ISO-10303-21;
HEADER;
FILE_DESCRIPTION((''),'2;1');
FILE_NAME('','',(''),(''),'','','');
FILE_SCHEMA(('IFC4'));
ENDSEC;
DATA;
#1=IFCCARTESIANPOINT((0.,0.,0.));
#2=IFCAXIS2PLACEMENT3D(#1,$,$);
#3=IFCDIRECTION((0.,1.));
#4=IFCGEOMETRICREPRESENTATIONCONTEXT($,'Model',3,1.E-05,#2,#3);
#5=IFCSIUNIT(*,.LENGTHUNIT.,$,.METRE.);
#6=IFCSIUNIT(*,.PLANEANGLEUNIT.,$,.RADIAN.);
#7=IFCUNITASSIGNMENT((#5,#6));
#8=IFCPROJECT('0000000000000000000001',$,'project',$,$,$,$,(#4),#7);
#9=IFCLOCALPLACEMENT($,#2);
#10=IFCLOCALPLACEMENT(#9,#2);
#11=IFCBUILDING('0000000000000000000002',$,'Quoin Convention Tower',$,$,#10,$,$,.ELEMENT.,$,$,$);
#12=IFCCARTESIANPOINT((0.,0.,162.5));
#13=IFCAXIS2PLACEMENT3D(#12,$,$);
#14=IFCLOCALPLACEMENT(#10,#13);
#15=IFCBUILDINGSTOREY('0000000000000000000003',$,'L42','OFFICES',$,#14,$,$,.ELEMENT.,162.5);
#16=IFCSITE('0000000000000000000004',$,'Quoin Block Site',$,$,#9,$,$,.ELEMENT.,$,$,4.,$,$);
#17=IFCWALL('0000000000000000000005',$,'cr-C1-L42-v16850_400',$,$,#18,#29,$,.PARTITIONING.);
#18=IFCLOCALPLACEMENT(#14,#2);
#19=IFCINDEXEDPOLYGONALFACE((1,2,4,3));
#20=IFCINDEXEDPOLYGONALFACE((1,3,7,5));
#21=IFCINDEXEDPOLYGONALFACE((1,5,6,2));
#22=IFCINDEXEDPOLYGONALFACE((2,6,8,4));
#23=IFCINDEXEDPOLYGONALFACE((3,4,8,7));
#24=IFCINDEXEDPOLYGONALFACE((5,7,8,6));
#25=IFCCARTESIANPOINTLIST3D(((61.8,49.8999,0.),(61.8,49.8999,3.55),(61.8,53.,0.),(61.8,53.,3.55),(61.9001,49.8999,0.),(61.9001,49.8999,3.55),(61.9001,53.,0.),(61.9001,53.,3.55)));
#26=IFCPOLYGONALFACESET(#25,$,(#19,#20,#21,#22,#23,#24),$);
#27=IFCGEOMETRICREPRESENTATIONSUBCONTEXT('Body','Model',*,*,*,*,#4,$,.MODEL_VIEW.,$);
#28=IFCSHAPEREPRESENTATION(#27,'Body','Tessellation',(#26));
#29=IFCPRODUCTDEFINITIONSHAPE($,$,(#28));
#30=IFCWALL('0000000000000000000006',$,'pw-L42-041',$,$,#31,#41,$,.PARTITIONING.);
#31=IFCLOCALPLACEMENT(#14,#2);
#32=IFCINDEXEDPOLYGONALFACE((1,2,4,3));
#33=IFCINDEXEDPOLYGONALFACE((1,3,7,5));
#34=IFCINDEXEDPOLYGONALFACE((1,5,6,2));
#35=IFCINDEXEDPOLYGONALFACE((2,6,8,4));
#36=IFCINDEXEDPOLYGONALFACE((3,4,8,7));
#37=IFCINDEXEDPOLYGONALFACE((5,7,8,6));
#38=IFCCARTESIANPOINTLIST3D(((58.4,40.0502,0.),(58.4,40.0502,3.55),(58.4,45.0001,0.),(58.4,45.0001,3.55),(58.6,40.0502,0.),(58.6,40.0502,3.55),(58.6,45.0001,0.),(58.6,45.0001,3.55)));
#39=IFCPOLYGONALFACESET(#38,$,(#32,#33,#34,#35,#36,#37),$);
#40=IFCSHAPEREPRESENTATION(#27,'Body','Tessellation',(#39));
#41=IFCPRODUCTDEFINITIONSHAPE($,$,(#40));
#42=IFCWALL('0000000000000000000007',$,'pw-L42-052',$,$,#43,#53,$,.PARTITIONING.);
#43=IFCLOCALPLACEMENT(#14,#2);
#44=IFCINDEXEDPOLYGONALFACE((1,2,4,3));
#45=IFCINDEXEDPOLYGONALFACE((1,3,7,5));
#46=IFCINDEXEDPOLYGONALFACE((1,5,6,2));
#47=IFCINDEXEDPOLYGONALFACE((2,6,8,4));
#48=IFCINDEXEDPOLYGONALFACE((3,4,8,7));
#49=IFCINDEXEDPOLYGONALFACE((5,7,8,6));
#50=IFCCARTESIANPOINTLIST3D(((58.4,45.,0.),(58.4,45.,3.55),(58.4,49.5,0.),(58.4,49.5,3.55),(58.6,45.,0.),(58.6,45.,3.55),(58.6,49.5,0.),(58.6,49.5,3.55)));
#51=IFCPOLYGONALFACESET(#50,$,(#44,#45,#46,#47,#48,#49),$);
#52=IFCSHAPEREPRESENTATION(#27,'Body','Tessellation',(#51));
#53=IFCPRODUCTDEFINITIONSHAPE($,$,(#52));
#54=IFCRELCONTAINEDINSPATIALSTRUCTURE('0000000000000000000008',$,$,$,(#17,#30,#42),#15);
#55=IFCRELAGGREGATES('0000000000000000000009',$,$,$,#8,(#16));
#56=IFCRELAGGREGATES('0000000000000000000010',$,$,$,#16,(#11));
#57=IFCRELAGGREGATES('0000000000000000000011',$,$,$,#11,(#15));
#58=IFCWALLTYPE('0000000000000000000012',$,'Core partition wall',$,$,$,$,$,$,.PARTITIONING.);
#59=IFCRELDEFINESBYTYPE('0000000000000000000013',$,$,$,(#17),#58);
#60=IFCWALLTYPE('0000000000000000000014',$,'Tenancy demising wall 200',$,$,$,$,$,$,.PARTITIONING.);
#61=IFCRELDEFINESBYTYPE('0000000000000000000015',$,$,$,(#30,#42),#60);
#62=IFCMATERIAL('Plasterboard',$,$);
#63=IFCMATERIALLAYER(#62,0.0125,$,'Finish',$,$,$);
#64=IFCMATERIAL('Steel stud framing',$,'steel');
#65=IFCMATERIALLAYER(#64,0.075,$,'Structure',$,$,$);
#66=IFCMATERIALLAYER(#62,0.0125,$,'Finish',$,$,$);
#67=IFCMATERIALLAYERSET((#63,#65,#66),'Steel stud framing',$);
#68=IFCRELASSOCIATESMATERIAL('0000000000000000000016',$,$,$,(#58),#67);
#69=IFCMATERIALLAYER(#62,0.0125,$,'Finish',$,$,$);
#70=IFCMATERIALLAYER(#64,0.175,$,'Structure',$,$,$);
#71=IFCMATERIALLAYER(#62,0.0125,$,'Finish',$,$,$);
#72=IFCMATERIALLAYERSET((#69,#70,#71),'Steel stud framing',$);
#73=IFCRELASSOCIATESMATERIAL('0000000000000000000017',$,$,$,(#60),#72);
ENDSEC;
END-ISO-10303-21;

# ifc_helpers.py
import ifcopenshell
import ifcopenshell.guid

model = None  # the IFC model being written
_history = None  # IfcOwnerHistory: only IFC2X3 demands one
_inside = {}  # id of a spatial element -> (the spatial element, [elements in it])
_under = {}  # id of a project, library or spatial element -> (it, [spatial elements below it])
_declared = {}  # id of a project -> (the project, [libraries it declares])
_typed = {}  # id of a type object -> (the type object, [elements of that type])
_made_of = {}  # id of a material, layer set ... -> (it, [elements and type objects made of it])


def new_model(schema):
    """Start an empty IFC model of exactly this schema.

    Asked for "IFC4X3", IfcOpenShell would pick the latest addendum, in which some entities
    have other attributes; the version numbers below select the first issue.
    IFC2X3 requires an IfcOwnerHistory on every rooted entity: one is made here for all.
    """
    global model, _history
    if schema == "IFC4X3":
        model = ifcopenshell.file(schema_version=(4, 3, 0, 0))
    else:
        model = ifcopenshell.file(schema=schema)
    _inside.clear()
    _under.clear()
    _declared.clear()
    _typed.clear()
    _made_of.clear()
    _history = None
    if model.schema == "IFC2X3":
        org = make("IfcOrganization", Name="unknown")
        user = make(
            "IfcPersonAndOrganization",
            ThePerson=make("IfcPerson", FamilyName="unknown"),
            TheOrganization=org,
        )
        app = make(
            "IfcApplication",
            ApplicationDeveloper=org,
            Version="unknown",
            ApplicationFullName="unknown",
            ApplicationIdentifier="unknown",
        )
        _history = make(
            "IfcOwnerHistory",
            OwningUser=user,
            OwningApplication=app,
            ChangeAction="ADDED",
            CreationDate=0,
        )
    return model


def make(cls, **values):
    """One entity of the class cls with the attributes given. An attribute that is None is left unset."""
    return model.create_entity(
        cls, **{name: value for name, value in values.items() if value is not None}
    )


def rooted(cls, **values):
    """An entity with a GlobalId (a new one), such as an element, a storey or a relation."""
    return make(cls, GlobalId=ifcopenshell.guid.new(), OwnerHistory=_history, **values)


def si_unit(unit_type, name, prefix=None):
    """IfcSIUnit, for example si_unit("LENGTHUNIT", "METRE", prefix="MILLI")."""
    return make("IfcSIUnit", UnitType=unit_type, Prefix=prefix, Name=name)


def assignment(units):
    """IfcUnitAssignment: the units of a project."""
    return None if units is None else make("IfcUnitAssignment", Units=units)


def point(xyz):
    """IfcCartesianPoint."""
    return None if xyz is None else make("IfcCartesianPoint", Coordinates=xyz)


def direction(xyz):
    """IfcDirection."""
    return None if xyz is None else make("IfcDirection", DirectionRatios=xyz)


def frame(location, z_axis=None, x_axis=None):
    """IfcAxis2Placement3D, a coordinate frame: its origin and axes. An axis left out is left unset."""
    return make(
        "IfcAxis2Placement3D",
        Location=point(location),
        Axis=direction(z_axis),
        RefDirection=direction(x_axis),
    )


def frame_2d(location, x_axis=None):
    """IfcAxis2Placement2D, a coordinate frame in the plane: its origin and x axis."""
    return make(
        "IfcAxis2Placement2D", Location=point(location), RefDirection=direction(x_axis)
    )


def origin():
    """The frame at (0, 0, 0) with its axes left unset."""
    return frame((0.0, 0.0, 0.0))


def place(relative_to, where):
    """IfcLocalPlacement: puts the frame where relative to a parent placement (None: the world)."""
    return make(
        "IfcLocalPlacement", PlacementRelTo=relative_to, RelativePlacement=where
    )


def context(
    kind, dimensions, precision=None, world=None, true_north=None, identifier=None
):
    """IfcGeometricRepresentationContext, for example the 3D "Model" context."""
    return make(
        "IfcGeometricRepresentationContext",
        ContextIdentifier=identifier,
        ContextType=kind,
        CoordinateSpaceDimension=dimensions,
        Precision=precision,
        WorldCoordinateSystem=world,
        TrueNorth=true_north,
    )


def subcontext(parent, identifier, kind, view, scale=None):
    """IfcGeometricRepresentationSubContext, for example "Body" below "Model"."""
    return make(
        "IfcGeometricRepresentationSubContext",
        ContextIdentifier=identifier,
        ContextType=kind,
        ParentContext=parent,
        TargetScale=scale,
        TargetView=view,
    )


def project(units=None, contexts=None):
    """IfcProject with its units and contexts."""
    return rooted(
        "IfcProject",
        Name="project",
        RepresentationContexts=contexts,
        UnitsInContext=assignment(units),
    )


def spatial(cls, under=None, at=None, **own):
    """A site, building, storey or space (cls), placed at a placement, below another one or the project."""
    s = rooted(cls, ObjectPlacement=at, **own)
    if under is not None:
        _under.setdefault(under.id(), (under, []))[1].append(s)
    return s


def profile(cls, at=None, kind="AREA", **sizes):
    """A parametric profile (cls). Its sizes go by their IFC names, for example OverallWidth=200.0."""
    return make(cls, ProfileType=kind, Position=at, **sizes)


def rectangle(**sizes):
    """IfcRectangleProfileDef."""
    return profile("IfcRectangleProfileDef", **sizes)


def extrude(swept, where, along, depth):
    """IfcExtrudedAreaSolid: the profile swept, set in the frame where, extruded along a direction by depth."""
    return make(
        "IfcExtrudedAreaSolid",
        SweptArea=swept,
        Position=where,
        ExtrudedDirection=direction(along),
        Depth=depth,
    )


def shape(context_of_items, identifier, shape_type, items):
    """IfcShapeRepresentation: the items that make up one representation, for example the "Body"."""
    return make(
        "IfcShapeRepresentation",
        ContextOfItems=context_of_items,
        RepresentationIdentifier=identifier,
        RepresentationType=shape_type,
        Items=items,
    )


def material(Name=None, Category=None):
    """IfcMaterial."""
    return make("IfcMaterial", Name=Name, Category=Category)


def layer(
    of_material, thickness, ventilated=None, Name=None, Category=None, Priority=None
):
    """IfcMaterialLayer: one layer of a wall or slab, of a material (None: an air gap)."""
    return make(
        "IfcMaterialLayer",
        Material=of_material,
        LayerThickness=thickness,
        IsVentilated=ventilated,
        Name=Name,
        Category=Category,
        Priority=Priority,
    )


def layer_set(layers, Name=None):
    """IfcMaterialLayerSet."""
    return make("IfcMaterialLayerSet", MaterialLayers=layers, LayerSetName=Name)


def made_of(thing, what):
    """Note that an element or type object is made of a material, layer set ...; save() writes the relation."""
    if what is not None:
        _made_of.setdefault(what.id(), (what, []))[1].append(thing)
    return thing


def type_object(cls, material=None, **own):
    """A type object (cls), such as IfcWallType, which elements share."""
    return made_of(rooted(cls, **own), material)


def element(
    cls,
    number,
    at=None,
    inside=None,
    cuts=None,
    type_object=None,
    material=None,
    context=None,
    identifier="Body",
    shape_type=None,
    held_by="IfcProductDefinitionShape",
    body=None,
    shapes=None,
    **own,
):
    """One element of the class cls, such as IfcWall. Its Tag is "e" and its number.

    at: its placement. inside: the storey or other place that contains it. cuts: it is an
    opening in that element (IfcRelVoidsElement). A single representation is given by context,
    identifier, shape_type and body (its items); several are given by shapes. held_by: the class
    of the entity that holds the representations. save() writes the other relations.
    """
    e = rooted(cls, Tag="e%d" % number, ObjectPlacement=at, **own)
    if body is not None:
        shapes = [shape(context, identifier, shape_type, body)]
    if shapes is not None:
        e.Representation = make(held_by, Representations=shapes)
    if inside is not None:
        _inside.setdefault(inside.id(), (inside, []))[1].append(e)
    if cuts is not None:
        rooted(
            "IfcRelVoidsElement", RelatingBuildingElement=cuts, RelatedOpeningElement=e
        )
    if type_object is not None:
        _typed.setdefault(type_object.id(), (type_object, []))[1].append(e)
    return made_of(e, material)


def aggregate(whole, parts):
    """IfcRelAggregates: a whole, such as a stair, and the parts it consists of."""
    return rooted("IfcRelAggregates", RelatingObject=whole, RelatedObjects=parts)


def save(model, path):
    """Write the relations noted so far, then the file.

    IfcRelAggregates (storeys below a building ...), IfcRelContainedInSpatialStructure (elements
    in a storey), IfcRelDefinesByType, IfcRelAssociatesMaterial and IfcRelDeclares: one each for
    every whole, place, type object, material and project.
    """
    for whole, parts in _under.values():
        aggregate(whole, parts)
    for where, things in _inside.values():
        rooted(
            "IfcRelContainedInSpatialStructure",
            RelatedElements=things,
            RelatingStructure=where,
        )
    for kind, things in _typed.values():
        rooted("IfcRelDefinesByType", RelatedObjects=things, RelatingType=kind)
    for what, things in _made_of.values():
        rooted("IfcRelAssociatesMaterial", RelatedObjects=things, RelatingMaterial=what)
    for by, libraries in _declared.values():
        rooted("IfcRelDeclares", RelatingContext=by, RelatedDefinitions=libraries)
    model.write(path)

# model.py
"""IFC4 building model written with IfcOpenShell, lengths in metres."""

from ifc_helpers import new_model, si_unit, direction, frame, frame_2d, origin, place, context, subcontext, project, spatial, rectangle, extrude, material, layer, layer_set, type_object, element, save


model = new_model("IFC4")

# Units and contexts
model_context = context("Model", 3, precision=1e-05, world=origin(), true_north=direction((0.0, 1.0)))
body_context = subcontext(model_context, "Body", "Model", "MODEL_VIEW")
ifc_project = project(units=[si_unit("LENGTHUNIT", "METRE"), si_unit("PLANEANGLEUNIT", "RADIAN")], contexts=[model_context])

# Site, building, storey
site_placement = place(None, origin())
site = spatial("IfcSite", under=ifc_project, at=site_placement, Name="Quoin Block Site", CompositionType="ELEMENT", RefElevation=4.0)
building_placement = place(site_placement, origin())
building = spatial("IfcBuilding", under=site, at=building_placement, Name="Quoin Convention Tower", CompositionType="ELEMENT")
storey_placement = place(building_placement, frame((0.0, 0.0, 162.5)))
storey = spatial("IfcBuildingStorey", under=building, at=storey_placement, Name="L42", Description="OFFICES", CompositionType="ELEMENT", Elevation=162.5)

# Shared definitions
ifc_material_1 = material(Name="Plasterboard")
ifc_material_2 = material(Name="Steel stud framing", Category="steel")

# Walls
ifc_layer_1 = layer(ifc_material_1, 0.0125, Name="Finish")
ifc_layer_2 = layer(ifc_material_2, 0.075, Name="Structure")
ifc_layer_3 = layer(ifc_material_1, 0.0125, Name="Finish")
ifc_layer_set_1 = layer_set([ifc_layer_1, ifc_layer_2, ifc_layer_3], Name="Steel stud framing")
wall_type_1 = type_object("IfcWallType", Name="Core partition wall", PredefinedType="PARTITIONING", material=ifc_layer_set_1)
for number, where, z_axis, x_axis, name in (
    (1, (61.8501, 49.8999, 0.0), (0.0, 0.0, 1.0), (0.0, 1.0, 0.0), "cr-C1-L42-v16850_400"),
):
    element("IfcWall", number, at=place(storey_placement, frame(where, z_axis=z_axis, x_axis=x_axis)), inside=storey, type_object=wall_type_1, Name=name, PredefinedType="PARTITIONING", context=body_context, shape_type="SweptSolid", body=[
        extrude(rectangle(XDim=3.1001, YDim=0.1001, at=frame_2d((1.55, 0.0))), origin(), (0.0, 0.0, 1.0), 3.55),
    ])
ifc_layer_4 = layer(ifc_material_1, 0.0125, Name="Finish")
ifc_layer_5 = layer(ifc_material_2, 0.175, Name="Structure")
ifc_layer_6 = layer(ifc_material_1, 0.0125, Name="Finish")
ifc_layer_set_2 = layer_set([ifc_layer_4, ifc_layer_5, ifc_layer_6], Name="Steel stud framing")
wall_type_2 = type_object("IfcWallType", Name="Tenancy demising wall 200", PredefinedType="PARTITIONING", material=ifc_layer_set_2)
wall_1_placement = place(storey_placement, frame((58.5, 40.05, 0.0), z_axis=(0.0, 0.0, 1.0), x_axis=(0.0, 1.0, 0.0)))
element("IfcWall", 2, at=wall_1_placement, inside=storey, type_object=wall_type_2, Name="pw-L42-041", PredefinedType="PARTITIONING", context=body_context, shape_type="SweptSolid", body=[
    extrude(rectangle(XDim=4.95, YDim=0.2, at=frame_2d((2.4751, 0.0))), origin(), (0.0, 0.0, 1.0), 3.55),
])
wall_2_placement = place(storey_placement, frame((58.5, 45.0, 0.0), z_axis=(0.0, 0.0, 1.0), x_axis=(0.0, 1.0, 0.0)))
element("IfcWall", 3, at=wall_2_placement, inside=storey, type_object=wall_type_2, Name="pw-L42-052", PredefinedType="PARTITIONING", context=body_context, shape_type="SweptSolid", body=[
    extrude(rectangle(XDim=4.5, YDim=0.2, at=frame_2d((2.25, 0.0))), origin(), (0.0, 0.0, 1.0), 3.55),
])

save(model, "model.ifc")
